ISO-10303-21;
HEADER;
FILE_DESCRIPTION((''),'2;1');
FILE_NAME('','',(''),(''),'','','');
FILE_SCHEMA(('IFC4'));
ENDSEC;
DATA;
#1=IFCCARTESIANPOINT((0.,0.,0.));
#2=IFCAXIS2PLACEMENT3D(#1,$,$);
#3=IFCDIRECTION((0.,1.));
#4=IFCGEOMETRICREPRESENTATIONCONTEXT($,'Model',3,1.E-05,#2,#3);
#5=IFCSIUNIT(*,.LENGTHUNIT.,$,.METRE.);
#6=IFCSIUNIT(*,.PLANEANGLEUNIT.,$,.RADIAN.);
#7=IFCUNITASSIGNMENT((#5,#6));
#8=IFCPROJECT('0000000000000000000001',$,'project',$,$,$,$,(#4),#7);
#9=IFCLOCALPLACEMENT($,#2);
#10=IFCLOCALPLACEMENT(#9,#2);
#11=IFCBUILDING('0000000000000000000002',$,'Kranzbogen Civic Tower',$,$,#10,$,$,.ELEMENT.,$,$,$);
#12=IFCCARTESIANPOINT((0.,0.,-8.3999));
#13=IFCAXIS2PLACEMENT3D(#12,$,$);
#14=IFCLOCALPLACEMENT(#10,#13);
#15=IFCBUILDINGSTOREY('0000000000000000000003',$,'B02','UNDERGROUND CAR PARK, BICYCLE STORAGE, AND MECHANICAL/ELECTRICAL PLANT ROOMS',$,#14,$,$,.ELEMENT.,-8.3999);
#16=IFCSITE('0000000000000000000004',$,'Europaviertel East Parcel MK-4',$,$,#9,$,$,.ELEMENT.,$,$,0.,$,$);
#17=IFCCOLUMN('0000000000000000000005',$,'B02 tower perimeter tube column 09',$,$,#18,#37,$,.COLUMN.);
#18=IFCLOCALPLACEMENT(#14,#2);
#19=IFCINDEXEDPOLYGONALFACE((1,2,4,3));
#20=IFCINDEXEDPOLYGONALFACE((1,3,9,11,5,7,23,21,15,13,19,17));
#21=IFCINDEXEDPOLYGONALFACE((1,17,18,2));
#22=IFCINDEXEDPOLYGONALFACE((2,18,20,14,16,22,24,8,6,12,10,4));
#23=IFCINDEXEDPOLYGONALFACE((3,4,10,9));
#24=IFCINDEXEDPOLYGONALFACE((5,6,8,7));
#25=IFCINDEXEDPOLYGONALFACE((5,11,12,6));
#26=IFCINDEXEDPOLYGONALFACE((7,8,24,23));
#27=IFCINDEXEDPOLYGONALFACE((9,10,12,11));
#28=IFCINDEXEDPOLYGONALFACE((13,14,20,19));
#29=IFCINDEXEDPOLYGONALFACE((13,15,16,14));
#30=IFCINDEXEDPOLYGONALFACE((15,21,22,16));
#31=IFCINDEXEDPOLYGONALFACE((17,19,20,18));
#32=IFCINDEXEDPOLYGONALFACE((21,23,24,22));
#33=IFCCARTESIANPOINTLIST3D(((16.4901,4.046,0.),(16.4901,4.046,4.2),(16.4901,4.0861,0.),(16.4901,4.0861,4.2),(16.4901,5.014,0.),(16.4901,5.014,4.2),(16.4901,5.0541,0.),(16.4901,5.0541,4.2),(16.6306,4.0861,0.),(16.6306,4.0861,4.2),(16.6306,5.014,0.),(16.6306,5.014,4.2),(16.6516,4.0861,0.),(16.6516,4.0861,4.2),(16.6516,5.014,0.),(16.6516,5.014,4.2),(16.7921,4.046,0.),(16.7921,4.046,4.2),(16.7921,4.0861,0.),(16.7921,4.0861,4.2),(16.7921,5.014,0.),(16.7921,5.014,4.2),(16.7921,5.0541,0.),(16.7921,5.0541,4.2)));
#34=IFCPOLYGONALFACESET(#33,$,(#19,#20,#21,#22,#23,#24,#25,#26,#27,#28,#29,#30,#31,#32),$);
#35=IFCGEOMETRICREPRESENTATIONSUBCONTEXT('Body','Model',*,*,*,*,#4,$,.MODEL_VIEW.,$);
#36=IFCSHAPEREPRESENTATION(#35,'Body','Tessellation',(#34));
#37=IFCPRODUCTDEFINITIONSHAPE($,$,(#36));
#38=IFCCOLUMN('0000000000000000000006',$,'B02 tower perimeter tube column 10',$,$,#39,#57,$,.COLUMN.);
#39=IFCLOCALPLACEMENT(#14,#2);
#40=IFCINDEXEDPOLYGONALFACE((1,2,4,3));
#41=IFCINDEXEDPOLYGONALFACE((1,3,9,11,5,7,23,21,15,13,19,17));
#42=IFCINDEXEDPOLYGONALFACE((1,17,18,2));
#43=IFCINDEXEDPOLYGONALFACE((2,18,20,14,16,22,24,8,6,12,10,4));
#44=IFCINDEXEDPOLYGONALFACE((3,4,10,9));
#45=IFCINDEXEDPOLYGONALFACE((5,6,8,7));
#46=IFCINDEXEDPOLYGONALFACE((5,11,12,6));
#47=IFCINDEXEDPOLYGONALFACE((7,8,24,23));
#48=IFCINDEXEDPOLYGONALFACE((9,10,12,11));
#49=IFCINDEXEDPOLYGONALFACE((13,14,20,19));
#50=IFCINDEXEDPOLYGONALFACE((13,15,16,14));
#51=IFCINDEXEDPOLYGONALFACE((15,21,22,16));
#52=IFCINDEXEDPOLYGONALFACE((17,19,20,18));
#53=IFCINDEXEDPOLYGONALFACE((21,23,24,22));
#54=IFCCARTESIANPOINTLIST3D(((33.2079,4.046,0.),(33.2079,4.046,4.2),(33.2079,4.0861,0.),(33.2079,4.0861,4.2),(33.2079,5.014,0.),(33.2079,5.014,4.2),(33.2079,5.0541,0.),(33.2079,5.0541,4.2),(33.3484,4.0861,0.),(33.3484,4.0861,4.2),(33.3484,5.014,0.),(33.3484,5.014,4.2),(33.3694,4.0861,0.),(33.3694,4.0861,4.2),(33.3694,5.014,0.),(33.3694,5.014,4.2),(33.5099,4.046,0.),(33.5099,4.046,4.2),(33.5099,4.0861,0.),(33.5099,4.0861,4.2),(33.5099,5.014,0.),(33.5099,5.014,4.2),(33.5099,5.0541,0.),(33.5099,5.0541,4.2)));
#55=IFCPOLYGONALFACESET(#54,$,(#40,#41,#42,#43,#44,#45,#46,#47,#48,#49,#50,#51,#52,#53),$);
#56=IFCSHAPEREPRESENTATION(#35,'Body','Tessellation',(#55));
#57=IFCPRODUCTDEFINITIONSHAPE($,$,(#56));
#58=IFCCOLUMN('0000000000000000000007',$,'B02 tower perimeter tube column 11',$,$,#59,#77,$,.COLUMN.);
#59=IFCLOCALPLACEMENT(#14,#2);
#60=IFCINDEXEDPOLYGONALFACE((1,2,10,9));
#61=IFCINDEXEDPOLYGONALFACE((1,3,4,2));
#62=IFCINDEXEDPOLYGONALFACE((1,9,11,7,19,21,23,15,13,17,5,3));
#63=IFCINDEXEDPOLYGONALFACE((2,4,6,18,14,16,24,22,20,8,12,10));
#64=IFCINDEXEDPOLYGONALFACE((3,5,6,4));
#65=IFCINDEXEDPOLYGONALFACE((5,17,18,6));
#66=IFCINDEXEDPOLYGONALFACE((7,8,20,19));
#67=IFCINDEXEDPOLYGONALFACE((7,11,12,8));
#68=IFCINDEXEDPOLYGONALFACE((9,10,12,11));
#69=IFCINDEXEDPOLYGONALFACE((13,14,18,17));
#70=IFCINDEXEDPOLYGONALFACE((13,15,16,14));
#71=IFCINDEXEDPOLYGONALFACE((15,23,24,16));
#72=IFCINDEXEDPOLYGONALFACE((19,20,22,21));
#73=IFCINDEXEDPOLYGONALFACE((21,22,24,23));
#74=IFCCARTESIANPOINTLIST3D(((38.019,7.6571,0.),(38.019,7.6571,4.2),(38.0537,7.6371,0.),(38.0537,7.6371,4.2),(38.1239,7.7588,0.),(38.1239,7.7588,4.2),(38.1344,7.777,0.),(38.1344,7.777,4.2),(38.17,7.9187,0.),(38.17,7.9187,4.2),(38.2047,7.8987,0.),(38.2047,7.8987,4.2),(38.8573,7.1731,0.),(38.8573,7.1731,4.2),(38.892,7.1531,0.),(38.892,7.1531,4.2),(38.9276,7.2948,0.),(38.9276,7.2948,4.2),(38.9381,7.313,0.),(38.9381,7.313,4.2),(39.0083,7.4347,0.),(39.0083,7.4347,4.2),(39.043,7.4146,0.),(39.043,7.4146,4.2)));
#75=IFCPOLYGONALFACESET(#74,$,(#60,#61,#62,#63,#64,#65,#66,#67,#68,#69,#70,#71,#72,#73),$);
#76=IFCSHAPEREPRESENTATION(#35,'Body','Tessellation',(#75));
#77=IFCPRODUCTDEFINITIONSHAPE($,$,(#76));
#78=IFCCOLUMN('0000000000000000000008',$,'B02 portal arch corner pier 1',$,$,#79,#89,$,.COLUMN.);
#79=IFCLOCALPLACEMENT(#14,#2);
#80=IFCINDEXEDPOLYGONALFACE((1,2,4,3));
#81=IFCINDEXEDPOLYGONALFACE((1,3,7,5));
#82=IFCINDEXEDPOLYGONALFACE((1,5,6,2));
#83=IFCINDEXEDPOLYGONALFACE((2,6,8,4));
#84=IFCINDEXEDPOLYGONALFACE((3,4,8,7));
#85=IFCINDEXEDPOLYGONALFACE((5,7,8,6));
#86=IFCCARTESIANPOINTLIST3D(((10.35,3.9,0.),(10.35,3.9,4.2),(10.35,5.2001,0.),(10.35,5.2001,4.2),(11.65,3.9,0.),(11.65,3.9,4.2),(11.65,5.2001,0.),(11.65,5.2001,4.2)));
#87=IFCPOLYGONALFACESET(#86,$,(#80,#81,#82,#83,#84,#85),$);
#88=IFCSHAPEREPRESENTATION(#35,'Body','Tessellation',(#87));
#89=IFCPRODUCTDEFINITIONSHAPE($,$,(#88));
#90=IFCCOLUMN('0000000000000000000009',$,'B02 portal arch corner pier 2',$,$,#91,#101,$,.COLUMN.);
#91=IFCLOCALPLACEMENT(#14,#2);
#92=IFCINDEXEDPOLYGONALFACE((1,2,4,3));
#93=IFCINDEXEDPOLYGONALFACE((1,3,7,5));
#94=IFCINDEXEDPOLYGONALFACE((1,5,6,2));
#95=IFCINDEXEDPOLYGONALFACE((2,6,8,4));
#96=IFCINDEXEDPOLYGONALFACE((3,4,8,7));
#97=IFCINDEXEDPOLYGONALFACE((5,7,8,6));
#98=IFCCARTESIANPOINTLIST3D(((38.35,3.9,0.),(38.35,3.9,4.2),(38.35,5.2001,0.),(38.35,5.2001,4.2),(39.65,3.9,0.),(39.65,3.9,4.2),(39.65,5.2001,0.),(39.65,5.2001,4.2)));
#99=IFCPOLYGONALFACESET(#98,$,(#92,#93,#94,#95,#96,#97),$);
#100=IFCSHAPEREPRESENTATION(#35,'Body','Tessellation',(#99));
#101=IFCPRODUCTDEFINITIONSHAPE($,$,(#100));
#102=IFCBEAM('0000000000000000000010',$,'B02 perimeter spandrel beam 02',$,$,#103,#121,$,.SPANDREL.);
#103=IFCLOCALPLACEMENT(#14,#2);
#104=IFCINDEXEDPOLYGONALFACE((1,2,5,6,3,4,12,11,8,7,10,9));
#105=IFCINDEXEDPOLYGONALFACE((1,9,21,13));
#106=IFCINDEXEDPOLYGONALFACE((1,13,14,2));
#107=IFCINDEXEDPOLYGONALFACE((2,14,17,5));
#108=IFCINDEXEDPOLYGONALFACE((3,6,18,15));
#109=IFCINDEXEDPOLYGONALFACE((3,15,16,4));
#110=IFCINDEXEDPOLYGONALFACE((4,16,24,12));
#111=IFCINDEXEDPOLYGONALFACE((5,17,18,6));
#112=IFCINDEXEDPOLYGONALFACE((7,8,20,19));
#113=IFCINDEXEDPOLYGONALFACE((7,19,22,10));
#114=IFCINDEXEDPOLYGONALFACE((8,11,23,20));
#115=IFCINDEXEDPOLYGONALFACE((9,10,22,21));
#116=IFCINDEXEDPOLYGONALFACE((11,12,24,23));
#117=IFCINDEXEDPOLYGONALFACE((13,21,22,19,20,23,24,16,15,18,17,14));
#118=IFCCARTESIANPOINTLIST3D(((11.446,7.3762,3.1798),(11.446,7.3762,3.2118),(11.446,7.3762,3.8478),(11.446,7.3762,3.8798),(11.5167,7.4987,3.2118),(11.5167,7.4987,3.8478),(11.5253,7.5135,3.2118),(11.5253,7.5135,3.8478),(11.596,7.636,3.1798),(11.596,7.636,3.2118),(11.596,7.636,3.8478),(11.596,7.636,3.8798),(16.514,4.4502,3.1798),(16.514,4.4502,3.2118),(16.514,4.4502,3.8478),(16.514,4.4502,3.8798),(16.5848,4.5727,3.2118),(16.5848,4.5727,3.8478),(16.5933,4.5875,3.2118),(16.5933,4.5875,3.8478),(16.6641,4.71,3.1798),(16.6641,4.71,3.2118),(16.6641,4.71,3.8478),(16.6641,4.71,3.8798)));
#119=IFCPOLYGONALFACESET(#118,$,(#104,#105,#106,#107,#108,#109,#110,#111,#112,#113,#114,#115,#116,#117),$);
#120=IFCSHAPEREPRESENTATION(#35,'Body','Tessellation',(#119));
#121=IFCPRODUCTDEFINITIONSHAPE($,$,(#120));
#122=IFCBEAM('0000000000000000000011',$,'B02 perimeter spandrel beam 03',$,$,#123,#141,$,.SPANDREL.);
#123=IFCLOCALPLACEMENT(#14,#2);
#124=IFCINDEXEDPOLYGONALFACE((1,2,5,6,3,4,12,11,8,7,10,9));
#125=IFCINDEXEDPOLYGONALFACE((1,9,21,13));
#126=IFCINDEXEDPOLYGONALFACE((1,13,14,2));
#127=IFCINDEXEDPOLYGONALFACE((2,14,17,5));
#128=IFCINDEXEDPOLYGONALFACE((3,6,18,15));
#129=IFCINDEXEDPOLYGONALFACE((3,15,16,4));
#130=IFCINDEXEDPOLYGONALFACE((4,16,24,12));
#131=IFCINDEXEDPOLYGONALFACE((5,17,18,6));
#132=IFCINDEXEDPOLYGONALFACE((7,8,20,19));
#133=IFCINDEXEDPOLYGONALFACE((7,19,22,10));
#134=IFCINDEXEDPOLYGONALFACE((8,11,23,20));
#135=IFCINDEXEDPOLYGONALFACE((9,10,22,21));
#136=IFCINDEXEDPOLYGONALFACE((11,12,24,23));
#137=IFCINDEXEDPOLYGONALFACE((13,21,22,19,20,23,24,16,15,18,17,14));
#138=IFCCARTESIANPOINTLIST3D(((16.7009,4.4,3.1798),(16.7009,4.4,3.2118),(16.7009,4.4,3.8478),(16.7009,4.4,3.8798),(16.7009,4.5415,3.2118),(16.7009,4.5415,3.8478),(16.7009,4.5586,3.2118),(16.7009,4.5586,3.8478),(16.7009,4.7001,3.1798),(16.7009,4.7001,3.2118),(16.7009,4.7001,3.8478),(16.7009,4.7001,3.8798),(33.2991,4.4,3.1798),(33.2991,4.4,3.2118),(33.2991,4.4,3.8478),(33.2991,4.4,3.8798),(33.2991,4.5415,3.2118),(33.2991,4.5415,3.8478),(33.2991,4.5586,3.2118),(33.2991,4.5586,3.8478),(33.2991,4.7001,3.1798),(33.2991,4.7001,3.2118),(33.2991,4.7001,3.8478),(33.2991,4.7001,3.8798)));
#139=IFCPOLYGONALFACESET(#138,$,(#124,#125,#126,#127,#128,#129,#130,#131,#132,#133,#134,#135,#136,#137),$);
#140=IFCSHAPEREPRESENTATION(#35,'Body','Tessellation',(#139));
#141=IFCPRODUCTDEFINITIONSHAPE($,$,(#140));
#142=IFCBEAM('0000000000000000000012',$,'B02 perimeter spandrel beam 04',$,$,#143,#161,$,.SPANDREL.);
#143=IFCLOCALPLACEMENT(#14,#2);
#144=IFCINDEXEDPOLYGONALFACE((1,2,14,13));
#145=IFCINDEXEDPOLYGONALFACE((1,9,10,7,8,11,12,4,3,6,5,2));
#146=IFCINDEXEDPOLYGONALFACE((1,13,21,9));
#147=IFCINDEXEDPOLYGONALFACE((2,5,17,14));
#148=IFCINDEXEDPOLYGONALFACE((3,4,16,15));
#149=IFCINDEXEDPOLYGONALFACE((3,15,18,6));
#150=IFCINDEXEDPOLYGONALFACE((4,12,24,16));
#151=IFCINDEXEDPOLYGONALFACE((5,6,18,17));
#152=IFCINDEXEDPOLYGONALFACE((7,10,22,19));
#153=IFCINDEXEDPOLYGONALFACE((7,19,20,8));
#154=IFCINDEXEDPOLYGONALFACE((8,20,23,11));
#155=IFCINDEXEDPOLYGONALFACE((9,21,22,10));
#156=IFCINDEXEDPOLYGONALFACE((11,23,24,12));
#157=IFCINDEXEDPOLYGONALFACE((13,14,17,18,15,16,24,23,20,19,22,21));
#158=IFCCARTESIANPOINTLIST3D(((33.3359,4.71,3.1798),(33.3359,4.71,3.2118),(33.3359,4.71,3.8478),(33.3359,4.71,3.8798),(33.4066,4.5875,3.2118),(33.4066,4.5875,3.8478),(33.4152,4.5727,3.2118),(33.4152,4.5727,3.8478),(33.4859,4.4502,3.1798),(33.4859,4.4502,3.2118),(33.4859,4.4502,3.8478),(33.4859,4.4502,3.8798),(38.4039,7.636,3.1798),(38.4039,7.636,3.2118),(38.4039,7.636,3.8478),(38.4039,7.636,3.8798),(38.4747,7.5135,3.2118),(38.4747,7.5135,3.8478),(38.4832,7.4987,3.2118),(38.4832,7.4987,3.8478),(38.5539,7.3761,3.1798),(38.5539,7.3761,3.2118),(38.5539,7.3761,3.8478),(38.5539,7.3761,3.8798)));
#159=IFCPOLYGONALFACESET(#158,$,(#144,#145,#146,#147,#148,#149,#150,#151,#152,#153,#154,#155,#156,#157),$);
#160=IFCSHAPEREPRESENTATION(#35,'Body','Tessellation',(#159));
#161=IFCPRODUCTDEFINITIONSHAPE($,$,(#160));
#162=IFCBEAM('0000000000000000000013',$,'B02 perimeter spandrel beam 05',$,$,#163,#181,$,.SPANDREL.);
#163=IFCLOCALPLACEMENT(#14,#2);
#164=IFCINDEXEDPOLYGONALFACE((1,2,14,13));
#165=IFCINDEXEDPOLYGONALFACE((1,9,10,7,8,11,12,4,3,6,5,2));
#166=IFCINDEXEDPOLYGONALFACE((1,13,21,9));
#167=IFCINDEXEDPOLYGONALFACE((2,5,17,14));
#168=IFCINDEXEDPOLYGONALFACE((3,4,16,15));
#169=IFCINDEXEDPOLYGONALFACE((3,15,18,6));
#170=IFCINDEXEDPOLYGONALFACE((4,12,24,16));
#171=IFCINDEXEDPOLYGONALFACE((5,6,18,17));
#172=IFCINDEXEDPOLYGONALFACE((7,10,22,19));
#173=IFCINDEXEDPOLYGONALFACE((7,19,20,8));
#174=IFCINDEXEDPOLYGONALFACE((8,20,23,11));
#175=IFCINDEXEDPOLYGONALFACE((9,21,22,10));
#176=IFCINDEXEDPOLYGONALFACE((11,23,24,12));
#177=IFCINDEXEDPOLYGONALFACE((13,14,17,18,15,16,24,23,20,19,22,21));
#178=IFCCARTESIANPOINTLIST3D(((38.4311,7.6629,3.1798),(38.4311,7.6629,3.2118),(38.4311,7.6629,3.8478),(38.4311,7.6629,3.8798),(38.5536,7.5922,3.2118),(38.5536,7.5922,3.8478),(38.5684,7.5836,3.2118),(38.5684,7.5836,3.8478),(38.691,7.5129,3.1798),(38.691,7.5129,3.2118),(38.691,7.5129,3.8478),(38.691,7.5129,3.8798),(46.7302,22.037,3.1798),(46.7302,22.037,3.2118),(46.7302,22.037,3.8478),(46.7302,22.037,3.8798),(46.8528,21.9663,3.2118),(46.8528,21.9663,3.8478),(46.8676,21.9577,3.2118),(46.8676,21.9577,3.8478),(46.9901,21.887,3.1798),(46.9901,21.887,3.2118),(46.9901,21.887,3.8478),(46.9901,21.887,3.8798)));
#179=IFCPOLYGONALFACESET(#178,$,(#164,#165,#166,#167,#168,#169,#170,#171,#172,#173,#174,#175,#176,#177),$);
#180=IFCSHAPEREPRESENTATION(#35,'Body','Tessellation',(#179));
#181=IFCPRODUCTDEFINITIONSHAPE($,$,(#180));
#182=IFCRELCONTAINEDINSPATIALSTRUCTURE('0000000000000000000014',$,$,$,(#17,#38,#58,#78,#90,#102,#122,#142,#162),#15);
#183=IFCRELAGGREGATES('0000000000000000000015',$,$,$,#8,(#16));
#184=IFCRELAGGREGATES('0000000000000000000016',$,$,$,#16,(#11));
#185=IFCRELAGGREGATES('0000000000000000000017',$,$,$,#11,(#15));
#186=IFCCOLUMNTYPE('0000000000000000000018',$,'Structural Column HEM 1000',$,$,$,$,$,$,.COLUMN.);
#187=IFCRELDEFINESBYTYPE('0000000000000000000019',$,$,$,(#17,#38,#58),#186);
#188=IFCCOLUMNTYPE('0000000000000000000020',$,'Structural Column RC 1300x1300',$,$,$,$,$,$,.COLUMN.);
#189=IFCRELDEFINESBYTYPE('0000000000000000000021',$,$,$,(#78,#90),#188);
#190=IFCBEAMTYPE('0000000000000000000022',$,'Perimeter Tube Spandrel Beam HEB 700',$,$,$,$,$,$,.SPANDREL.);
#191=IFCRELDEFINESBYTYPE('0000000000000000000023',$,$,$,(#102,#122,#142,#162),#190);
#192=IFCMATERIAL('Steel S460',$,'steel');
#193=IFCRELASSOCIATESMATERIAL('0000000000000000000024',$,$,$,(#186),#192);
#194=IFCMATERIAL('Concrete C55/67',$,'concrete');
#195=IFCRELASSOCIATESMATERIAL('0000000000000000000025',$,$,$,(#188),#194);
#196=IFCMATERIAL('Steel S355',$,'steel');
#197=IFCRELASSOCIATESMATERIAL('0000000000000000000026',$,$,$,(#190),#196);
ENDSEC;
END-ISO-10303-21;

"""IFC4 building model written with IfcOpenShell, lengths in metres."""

from ifc_helpers import new_model, si_unit, direction, frame, origin, origin_2d, place, context, subcontext, project, spatial, rectangle, i_section, extrude, material, material_profile, profile_set, type_object, element, save


model = new_model("IFC4")

# Units and contexts
model_context = context("Model", 3, precision=1e-05, world=origin(), true_north=direction((0.0, 1.0)))
body_context = subcontext(model_context, "Body", "Model", "MODEL_VIEW")
ifc_project = project(units=[si_unit("LENGTHUNIT", "METRE"), si_unit("PLANEANGLEUNIT", "RADIAN")], contexts=[model_context])

# Site, building, storey
site_placement = place(None, origin())
site = spatial("IfcSite", under=ifc_project, at=site_placement, Name="Europaviertel East Parcel MK-4", CompositionType="ELEMENT", RefElevation=0.0)
building_placement = place(site_placement, origin())
building = spatial("IfcBuilding", under=site, at=building_placement, Name="Kranzbogen Civic Tower", CompositionType="ELEMENT")
storey_placement = place(building_placement, frame((0.0, 0.0, -8.3999)))
storey = spatial("IfcBuildingStorey", under=building, at=storey_placement, Name="B02", Description="UNDERGROUND CAR PARK, BICYCLE STORAGE, AND MECHANICAL/ELECTRICAL PLANT ROOMS", CompositionType="ELEMENT", Elevation=-8.3999)

# Columns
ifc_material_1 = material(Name="Steel S460", Category="steel")
ifc_material_profile_1 = material_profile(ifc_material_1, i_section(OverallWidth=0.302, OverallDepth=1.0081, WebThickness=0.021, FlangeThickness=0.04, at=origin_2d()), Name="HEM 1000")
ifc_profile_set_1 = profile_set([ifc_material_profile_1], Name="Steel S460")
column_type_1 = type_object("IfcColumnType", Name="Structural Column HEM 1000", PredefinedType="COLUMN", material=ifc_profile_set_1)
for number, where, z_axis, x_axis, name in (
    (1, (16.6411, 4.55, 0.0), (0.0, 0.0, 1.0), (1.0, 0.0, 0.0), "B02 tower perimeter tube column 09"),
    (2, (33.3589, 4.55, 0.0), (0.0, 0.0, 1.0), (1.0, 0.0, 0.0), "B02 tower perimeter tube column 10"),
    (3, (38.531, 7.5359, 0.0), (0.0, 0.0, 1.0), (0.5, 0.866025, 0.0), "B02 tower perimeter tube column 11"),
):
    element("IfcColumn", number, at=place(storey_placement, frame(where, z_axis=z_axis, x_axis=x_axis)), inside=storey, type_object=column_type_1, Name=name, PredefinedType="COLUMN", context=body_context, shape_type="SweptSolid", body=[
        extrude(i_section(OverallWidth=0.302, OverallDepth=1.0081, WebThickness=0.021, FlangeThickness=0.04, at=origin_2d()), origin(), (0.0, 0.0, 1.0), 4.2),
    ])
ifc_material_2 = material(Name="Concrete C55/67", Category="concrete")
ifc_material_profile_2 = material_profile(ifc_material_2, rectangle(XDim=1.3, YDim=1.3, at=origin_2d()), Name="RC 1300x1300")
ifc_profile_set_2 = profile_set([ifc_material_profile_2], Name="Concrete C55/67")
column_type_2 = type_object("IfcColumnType", Name="Structural Column RC 1300x1300", PredefinedType="COLUMN", material=ifc_profile_set_2)
for number, where, z_axis, x_axis, name in (
    (4, (11.0, 4.55, 0.0), (0.0, 0.0, 1.0), (1.0, 0.0, 0.0), "B02 portal arch corner pier 1"),
    (5, (39.0, 4.55, 0.0), (0.0, 0.0, 1.0), (1.0, 0.0, 0.0), "B02 portal arch corner pier 2"),
):
    element("IfcColumn", number, at=place(storey_placement, frame(where, z_axis=z_axis, x_axis=x_axis)), inside=storey, type_object=column_type_2, Name=name, PredefinedType="COLUMN", context=body_context, shape_type="SweptSolid", body=[
        extrude(rectangle(XDim=1.3, YDim=1.3, at=origin_2d()), origin(), (0.0, 0.0, 1.0), 4.2),
    ])

# Beams
ifc_material_3 = material(Name="Steel S355", Category="steel")
ifc_material_profile_3 = material_profile(ifc_material_3, i_section(OverallWidth=0.3, OverallDepth=0.7, WebThickness=0.0171, FlangeThickness=0.032, at=origin_2d()), Name="HEB 700")
ifc_profile_set_3 = profile_set([ifc_material_profile_3], Name="Steel S355")
beam_type_1 = type_object("IfcBeamType", Name="Perimeter Tube Spandrel Beam HEB 700", PredefinedType="SPANDREL", material=ifc_profile_set_3)
beam_1_placement = place(storey_placement, frame((11.521, 7.5061, 3.5298), z_axis=(0.866029, -0.499993, 0.0), x_axis=(0.499993, 0.866029, 0.0)))
element("IfcBeam", 6, at=beam_1_placement, inside=storey, type_object=beam_type_1, Name="B02 perimeter spandrel beam 02", PredefinedType="SPANDREL", context=body_context, shape_type="SweptSolid", body=[
    extrude(i_section(OverallWidth=0.3, OverallDepth=0.7, WebThickness=0.0171, FlangeThickness=0.032, at=origin_2d()), origin(), (0.0, 0.0, 1.0), 5.8521),
])
beam_2_placement = place(storey_placement, frame((16.7009, 4.55, 3.5298), z_axis=(1.0, 0.0, 0.0), x_axis=(0.0, 1.0, 0.0)))
element("IfcBeam", 7, at=beam_2_placement, inside=storey, type_object=beam_type_1, Name="B02 perimeter spandrel beam 03", PredefinedType="SPANDREL", context=body_context, shape_type="SweptSolid", body=[
    extrude(i_section(OverallWidth=0.3, OverallDepth=0.7, WebThickness=0.0171, FlangeThickness=0.032, at=origin_2d()), origin(), (0.0, 0.0, 1.0), 16.5981),
])
beam_3_placement = place(storey_placement, frame((33.4109, 4.5801, 3.5298), z_axis=(0.866029, 0.499993, 0.0), x_axis=(-0.499993, 0.866029, 0.0)))
element("IfcBeam", 8, at=beam_3_placement, inside=storey, type_object=beam_type_1, Name="B02 perimeter spandrel beam 04", PredefinedType="SPANDREL", context=body_context, shape_type="SweptSolid", body=[
    extrude(i_section(OverallWidth=0.3, OverallDepth=0.7, WebThickness=0.0171, FlangeThickness=0.032, at=origin_2d()), origin(), (0.0, 0.0, 1.0), 5.8521),
])
beam_4_placement = place(storey_placement, frame((38.561, 7.5879, 3.5298), z_axis=(0.50001, 0.86602, 0.0), x_axis=(-0.86602, 0.50001, 0.0)))
element("IfcBeam", 9, at=beam_4_placement, inside=storey, type_object=beam_type_1, Name="B02 perimeter spandrel beam 05", PredefinedType="SPANDREL", context=body_context, shape_type="SweptSolid", body=[
    extrude(i_section(OverallWidth=0.3, OverallDepth=0.7, WebThickness=0.0171, FlangeThickness=0.032, at=origin_2d()), origin(), (0.0, 0.0, 1.0), 16.5979),
])

save(model, "model.ifc")
